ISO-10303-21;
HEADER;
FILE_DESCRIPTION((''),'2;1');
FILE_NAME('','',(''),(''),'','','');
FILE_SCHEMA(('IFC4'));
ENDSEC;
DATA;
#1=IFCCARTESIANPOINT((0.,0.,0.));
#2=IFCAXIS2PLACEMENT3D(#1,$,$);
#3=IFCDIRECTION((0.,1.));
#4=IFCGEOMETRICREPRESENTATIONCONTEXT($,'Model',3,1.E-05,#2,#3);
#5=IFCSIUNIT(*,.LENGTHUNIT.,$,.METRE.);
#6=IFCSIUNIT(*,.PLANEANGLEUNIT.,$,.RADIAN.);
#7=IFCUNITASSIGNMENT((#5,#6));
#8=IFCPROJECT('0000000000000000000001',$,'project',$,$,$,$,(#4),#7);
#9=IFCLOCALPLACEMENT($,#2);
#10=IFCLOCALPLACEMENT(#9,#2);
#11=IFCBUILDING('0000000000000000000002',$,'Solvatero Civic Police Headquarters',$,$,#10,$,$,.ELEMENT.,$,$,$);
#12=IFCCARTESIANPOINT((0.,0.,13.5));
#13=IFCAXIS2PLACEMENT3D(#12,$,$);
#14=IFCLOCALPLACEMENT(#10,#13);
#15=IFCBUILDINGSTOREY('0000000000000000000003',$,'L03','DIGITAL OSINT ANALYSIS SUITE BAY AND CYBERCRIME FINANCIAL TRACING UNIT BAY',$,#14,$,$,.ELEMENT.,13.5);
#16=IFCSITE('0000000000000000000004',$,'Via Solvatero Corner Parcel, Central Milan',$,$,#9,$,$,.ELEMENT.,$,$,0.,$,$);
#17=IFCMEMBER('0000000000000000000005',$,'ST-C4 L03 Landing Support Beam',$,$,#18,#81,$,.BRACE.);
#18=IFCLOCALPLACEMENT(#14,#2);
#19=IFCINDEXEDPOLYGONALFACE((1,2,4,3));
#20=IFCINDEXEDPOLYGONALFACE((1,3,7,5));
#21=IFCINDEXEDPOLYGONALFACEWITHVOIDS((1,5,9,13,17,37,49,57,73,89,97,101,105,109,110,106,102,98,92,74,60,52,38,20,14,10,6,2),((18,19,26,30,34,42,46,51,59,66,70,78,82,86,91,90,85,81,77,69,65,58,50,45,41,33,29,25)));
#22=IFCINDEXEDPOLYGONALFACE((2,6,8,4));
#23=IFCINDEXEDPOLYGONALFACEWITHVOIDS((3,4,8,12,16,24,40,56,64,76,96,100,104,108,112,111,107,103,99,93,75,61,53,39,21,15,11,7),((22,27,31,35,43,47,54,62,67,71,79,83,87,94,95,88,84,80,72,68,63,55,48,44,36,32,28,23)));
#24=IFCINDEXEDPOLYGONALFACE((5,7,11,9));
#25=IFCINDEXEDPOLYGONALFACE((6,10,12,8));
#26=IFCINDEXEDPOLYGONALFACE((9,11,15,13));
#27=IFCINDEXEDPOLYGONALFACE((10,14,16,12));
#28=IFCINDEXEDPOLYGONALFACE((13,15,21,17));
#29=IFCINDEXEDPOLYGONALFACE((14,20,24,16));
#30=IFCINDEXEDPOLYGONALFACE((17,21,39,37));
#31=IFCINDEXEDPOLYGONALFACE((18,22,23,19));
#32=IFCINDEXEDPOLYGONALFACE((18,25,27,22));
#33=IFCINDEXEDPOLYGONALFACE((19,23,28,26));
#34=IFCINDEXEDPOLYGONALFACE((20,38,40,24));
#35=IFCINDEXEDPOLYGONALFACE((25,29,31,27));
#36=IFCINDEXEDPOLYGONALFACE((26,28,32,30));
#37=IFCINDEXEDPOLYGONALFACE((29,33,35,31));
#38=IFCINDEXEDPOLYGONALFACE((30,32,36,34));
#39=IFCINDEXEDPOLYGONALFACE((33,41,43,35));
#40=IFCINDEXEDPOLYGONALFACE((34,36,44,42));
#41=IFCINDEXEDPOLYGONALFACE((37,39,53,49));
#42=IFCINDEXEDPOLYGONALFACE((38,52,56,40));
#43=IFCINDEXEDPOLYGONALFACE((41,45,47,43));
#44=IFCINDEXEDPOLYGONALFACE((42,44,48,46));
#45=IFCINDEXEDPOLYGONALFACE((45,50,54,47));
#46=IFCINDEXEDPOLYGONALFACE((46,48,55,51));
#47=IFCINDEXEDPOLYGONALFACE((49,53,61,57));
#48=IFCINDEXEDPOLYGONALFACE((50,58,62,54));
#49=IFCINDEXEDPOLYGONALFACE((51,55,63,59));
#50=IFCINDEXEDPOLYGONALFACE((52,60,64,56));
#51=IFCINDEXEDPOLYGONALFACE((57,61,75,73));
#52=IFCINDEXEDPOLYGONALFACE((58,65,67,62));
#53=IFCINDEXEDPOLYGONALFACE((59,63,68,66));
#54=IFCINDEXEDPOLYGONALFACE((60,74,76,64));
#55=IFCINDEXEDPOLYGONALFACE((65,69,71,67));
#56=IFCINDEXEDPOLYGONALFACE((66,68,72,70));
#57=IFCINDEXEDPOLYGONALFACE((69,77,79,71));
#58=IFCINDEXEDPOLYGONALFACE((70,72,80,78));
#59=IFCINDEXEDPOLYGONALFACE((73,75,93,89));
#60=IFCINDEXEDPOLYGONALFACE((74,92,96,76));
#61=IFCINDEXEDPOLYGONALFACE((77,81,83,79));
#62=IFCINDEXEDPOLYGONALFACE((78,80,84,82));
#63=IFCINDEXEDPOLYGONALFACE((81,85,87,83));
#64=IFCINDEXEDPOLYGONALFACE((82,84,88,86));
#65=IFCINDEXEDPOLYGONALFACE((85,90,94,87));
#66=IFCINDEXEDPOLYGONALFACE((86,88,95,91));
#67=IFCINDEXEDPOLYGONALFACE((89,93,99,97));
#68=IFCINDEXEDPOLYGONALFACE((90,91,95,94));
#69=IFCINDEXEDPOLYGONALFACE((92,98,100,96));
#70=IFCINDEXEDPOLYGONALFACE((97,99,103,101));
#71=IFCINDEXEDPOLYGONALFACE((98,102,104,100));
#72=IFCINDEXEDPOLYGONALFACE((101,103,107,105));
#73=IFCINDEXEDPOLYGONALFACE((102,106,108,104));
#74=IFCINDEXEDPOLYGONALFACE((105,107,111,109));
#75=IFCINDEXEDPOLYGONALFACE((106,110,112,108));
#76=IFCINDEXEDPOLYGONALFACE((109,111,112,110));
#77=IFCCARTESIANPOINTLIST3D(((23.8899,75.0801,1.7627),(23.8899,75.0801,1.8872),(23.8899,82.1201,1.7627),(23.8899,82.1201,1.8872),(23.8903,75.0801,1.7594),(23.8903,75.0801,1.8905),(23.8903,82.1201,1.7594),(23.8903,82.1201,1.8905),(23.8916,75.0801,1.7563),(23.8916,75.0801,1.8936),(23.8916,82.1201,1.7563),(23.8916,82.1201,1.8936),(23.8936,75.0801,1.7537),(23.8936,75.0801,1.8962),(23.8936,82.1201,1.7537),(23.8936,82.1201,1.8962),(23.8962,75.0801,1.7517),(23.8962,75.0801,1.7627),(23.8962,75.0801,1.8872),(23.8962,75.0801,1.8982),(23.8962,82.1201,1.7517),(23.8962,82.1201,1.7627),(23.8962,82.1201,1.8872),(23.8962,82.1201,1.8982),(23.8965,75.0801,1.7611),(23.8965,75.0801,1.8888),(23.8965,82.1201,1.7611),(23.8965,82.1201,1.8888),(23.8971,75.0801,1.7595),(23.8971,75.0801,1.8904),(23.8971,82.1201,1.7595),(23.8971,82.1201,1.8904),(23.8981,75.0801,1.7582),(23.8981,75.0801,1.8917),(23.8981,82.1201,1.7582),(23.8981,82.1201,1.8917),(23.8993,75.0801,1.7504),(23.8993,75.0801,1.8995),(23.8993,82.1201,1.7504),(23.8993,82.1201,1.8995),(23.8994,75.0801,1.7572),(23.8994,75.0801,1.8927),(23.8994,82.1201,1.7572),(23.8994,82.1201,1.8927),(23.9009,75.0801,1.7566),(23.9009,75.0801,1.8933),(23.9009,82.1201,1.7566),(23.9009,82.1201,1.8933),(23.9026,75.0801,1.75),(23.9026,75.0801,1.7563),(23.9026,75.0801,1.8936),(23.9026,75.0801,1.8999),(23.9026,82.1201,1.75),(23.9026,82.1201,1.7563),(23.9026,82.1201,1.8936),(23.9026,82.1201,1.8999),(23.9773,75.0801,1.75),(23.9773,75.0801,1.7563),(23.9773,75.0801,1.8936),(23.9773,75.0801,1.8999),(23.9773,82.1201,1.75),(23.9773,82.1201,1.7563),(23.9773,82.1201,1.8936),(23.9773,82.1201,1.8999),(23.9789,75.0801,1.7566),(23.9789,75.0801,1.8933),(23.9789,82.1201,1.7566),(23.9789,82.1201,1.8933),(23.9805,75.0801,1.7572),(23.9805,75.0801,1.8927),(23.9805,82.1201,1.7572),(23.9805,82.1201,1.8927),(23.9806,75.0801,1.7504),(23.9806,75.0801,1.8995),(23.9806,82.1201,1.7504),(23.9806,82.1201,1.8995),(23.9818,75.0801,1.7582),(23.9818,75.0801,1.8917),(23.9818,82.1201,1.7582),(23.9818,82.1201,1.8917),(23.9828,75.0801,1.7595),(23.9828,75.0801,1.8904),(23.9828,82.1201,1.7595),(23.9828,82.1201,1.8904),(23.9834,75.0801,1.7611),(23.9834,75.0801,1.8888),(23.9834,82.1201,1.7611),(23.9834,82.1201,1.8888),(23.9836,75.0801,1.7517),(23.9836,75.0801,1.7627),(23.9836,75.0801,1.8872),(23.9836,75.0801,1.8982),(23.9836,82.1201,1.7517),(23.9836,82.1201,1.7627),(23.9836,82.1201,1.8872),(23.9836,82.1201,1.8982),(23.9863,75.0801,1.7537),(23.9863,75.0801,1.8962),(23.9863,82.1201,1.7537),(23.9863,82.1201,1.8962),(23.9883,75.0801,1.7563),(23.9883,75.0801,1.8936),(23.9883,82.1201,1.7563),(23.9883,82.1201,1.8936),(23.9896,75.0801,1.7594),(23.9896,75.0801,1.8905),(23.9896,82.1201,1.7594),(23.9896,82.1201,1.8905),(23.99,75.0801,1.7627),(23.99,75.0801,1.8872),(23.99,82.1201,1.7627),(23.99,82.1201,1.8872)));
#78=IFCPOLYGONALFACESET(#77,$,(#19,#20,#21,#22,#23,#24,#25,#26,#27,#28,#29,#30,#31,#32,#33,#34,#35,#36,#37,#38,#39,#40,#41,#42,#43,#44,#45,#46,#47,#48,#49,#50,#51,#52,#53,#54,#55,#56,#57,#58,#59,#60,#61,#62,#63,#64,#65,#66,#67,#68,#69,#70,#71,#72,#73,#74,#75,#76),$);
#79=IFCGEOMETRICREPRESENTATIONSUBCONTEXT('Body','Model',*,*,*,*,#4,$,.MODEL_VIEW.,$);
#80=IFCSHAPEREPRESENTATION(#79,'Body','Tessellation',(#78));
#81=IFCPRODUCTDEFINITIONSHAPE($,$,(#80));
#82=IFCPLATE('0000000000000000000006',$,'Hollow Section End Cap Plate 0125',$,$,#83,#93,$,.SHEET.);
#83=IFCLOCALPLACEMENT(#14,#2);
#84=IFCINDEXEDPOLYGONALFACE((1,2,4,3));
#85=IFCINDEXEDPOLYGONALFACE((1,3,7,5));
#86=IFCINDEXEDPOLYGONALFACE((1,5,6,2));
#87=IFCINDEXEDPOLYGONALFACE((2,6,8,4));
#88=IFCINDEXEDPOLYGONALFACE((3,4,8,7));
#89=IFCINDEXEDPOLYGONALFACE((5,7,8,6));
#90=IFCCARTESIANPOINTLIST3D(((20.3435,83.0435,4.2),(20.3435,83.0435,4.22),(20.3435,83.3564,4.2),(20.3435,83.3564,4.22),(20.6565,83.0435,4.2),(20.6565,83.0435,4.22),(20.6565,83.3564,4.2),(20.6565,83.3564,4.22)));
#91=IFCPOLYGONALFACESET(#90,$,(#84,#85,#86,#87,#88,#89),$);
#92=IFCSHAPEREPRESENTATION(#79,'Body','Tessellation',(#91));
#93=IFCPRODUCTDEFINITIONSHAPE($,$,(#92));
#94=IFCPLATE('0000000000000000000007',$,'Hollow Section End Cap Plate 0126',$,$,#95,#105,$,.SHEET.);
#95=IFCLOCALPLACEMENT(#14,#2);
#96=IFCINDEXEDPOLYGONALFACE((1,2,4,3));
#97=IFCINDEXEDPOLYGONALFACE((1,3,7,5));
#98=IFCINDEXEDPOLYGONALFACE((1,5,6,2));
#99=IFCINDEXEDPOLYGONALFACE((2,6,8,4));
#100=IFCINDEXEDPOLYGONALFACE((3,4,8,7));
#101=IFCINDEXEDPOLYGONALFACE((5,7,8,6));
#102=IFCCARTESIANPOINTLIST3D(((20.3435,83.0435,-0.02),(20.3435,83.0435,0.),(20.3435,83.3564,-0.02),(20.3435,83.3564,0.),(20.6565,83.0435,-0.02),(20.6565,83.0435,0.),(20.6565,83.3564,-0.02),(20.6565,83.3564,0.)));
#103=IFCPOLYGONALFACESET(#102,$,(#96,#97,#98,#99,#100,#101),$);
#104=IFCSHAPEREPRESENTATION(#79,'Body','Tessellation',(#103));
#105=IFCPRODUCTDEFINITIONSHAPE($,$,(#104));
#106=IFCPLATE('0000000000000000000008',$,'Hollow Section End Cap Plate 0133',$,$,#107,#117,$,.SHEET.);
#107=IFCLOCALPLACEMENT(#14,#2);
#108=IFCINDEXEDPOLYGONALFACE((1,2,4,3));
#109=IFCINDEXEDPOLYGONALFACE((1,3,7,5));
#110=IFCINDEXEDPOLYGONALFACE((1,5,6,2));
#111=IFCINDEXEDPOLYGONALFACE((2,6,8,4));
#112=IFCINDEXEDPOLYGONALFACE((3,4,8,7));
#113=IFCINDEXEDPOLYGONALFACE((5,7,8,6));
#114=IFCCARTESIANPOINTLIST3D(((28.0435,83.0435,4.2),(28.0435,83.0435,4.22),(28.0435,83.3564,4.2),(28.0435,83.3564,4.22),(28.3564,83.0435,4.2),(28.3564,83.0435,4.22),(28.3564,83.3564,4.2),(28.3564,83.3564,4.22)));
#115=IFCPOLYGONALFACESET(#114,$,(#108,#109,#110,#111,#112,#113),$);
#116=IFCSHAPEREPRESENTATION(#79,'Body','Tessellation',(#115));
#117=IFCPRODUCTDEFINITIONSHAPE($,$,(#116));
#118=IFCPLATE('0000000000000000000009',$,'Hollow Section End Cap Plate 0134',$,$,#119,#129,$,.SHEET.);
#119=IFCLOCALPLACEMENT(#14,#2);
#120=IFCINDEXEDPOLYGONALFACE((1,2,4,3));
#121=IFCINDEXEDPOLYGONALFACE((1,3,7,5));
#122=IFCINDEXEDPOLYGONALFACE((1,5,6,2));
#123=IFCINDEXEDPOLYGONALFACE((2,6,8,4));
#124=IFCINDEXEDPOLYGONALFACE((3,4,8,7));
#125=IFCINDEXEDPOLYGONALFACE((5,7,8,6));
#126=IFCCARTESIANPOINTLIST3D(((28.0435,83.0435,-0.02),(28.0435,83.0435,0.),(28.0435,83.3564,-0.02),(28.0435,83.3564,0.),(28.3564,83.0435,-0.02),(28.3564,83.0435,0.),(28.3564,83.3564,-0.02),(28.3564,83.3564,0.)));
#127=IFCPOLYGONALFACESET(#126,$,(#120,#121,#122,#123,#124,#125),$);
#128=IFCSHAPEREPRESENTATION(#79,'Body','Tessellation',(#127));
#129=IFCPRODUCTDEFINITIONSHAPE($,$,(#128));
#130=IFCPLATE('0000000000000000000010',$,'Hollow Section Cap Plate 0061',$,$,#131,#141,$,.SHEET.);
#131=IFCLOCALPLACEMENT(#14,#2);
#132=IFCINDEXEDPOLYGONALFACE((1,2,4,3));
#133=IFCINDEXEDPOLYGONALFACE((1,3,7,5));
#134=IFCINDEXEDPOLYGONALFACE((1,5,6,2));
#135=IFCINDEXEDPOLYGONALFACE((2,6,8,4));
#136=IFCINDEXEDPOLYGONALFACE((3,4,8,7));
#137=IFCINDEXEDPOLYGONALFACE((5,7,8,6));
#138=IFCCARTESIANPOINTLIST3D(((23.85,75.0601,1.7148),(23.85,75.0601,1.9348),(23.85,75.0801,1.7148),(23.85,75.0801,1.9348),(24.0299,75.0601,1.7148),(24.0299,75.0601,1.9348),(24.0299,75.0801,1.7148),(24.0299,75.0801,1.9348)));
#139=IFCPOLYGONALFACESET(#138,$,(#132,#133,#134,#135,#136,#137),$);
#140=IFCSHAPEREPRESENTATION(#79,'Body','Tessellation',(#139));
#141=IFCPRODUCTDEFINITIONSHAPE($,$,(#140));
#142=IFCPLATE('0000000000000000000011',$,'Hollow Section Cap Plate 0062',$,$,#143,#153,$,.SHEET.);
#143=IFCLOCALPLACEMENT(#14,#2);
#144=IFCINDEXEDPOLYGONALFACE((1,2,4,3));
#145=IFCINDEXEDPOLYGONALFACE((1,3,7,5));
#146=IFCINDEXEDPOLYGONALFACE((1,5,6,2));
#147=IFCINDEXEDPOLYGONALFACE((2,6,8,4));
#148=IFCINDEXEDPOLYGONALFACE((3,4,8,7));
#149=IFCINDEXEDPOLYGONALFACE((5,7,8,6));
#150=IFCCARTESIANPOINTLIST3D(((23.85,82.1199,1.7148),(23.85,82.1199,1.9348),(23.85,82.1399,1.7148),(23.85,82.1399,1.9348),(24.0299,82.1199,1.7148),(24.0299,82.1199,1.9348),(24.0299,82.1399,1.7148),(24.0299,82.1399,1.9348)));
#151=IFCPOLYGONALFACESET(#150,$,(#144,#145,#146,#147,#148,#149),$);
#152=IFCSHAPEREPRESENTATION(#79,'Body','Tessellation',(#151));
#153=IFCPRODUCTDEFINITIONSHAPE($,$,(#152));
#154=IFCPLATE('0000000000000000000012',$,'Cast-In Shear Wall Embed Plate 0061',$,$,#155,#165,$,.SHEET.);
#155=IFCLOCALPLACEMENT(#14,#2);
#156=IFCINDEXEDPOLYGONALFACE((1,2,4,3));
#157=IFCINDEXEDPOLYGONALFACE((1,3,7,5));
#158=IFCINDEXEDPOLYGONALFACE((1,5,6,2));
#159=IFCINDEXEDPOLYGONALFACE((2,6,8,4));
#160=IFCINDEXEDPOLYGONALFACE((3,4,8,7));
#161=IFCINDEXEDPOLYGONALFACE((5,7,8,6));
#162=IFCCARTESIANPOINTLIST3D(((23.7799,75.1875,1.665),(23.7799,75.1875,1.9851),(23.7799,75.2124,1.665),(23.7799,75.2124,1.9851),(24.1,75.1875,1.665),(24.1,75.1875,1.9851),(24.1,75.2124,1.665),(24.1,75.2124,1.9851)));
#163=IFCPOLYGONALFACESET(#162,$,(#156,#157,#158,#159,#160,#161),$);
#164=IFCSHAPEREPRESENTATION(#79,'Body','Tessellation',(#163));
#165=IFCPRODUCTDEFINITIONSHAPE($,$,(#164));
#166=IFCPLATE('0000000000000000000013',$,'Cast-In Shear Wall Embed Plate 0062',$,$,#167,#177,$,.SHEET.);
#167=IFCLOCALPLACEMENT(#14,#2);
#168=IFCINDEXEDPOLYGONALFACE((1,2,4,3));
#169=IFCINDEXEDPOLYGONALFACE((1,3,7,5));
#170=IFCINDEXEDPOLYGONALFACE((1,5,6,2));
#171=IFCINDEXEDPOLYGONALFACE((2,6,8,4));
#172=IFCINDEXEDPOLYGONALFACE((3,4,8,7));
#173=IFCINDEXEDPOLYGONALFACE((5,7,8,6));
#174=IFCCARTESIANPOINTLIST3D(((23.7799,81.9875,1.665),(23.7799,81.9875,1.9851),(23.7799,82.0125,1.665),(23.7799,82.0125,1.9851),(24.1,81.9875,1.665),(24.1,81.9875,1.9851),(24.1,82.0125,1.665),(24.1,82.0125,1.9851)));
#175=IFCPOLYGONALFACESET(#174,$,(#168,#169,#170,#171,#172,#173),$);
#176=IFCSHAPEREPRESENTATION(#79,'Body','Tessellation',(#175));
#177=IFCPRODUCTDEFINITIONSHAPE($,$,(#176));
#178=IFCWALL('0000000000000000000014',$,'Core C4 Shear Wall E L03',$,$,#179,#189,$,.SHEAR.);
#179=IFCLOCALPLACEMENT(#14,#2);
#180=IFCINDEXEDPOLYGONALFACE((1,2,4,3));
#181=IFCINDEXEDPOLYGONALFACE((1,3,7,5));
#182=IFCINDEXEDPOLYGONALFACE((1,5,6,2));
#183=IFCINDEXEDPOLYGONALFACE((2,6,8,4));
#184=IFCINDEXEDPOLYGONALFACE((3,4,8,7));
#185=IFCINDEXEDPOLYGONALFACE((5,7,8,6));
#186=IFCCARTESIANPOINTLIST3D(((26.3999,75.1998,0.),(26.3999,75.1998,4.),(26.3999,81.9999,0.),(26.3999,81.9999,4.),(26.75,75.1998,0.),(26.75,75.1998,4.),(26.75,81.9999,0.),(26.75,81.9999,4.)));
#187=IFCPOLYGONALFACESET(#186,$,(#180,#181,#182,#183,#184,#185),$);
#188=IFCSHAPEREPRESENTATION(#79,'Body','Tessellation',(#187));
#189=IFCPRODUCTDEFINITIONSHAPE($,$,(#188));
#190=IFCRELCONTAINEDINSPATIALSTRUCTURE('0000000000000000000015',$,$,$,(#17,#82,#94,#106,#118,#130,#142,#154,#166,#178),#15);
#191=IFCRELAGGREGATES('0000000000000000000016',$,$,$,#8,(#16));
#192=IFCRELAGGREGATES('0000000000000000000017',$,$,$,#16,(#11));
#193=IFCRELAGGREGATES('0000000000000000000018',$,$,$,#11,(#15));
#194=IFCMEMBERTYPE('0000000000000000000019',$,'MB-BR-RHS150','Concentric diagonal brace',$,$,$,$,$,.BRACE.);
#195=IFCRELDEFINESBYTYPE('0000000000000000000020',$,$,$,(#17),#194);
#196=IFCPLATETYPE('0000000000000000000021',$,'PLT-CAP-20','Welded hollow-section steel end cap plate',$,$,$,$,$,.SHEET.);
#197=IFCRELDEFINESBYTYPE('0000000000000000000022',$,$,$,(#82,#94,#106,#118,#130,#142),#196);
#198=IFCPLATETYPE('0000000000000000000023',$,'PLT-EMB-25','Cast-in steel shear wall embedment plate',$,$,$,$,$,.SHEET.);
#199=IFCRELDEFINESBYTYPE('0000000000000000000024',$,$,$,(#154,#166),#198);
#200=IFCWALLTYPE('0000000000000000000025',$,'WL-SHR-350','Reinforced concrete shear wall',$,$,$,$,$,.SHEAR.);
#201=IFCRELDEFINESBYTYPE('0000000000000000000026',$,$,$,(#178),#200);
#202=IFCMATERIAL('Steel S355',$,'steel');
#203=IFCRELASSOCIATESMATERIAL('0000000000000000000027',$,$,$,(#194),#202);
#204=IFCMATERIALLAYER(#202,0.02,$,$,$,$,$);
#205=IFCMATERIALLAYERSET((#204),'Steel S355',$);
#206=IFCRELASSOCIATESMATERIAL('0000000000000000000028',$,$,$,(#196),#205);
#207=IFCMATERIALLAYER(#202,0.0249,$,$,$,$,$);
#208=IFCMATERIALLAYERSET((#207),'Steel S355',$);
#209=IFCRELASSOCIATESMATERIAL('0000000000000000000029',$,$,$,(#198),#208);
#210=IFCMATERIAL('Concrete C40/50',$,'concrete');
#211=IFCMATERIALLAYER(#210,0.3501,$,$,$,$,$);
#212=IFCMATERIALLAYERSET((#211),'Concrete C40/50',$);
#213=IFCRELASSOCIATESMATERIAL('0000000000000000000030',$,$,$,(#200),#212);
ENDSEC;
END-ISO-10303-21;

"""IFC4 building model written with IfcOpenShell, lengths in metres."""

from ifc_helpers import new_model, si_unit, direction, frame, frame_2d, origin, origin_2d, place, context, subcontext, project, spatial, rectangle, hollow_rectangle, extrude, material, layer, layer_set, material_profile, profile_set, type_object, element, save


model = new_model("IFC4")

# Units and contexts
model_context = context("Model", 3, precision=1e-05, world=origin(), true_north=direction((0.0, 1.0)))
body_context = subcontext(model_context, "Body", "Model", "MODEL_VIEW")
ifc_project = project(units=[si_unit("LENGTHUNIT", "METRE"), si_unit("PLANEANGLEUNIT", "RADIAN")], contexts=[model_context])

# Site, building, storey
site_placement = place(None, origin())
site = spatial("IfcSite", under=ifc_project, at=site_placement, Name="Via Solvatero Corner Parcel, Central Milan", CompositionType="ELEMENT", RefElevation=0.0)
building_placement = place(site_placement, origin())
building = spatial("IfcBuilding", under=site, at=building_placement, Name="Solvatero Civic Police Headquarters", CompositionType="ELEMENT")
storey_placement = place(building_placement, frame((0.0, 0.0, 13.5)))
storey = spatial("IfcBuildingStorey", under=building, at=storey_placement, Name="L03", Description="DIGITAL OSINT ANALYSIS SUITE BAY AND CYBERCRIME FINANCIAL TRACING UNIT BAY", CompositionType="ELEMENT", Elevation=13.5)

# Shared definitions
ifc_material_1 = material(Name="Steel S355", Category="steel")

# Member
ifc_material_profile_1 = material_profile(ifc_material_1, hollow_rectangle(XDim=0.1001, YDim=0.1499, WallThickness=0.0063, InnerFilletRadius=0.0063, OuterFilletRadius=0.0127, at=origin_2d()), Name="RHS 150x100x6.3")
ifc_profile_set_1 = profile_set([ifc_material_profile_1], Name="Steel S355")
member_type = type_object("IfcMemberType", Name="MB-BR-RHS150", Description="Concentric diagonal brace", PredefinedType="BRACE", material=ifc_profile_set_1)
member_placement = place(storey_placement, frame((23.9399, 75.0801, 1.825), z_axis=(0.0, 1.0, 0.0), x_axis=(-1.0, 0.0, 0.0)))
element("IfcMember", 1, at=member_placement, inside=storey, type_object=member_type, Name="ST-C4 L03 Landing Support Beam", PredefinedType="BRACE", context=body_context, shape_type="SweptSolid", body=[
    extrude(hollow_rectangle(XDim=0.1001, YDim=0.1499, WallThickness=0.0063, InnerFilletRadius=0.0063, OuterFilletRadius=0.0127, at=origin_2d()), origin(), (0.0, 0.0, 1.0), 7.04),
])

# Plates
ifc_layer_1 = layer(ifc_material_1, 0.02)
ifc_layer_set_1 = layer_set([ifc_layer_1], Name="Steel S355")
plate_type_1 = type_object("IfcPlateType", Name="PLT-CAP-20", Description="Welded hollow-section steel end cap plate", PredefinedType="SHEET", material=ifc_layer_set_1)
for number, where, z_axis, x_axis, name in (
    (2, (20.5, 83.2, 4.2), (0.0, 0.0, 1.0), (1.0, 0.0, 0.0), "Hollow Section End Cap Plate 0125"),
    (3, (20.5, 83.2, -0.02), (0.0, 0.0, 1.0), (1.0, 0.0, 0.0), "Hollow Section End Cap Plate 0126"),
    (4, (28.2, 83.2, 4.2), (0.0, 0.0, 1.0), (1.0, 0.0, 0.0), "Hollow Section End Cap Plate 0133"),
    (5, (28.2, 83.2, -0.02), (0.0, 0.0, 1.0), (1.0, 0.0, 0.0), "Hollow Section End Cap Plate 0134"),
):
    element("IfcPlate", number, at=place(storey_placement, frame(where, z_axis=z_axis, x_axis=x_axis)), inside=storey, type_object=plate_type_1, Name=name, PredefinedType="SHEET", context=body_context, shape_type="SweptSolid", body=[
        extrude(rectangle(XDim=0.313, YDim=0.313, at=origin_2d()), origin(), (0.0, 0.0, 1.0), 0.02),
    ])
for number, where, z_axis, x_axis, name in (
    (6, (23.9399, 75.0701, 1.7148), (0.0, 0.0, 1.0), (1.0, 0.0, 0.0), "Hollow Section Cap Plate 0061"),
    (7, (23.9399, 82.1299, 1.7148), (0.0, 0.0, 1.0), (1.0, 0.0, 0.0), "Hollow Section Cap Plate 0062"),
):
    element("IfcPlate", number, at=place(storey_placement, frame(where, z_axis=z_axis, x_axis=x_axis)), inside=storey, type_object=plate_type_1, Name=name, PredefinedType="SHEET", context=body_context, shape_type="SweptSolid", body=[
        extrude(rectangle(XDim=0.1799, YDim=0.02, at=origin_2d()), origin(), (0.0, 0.0, 1.0), 0.22),
    ])
ifc_layer_2 = layer(ifc_material_1, 0.0249)
ifc_layer_set_2 = layer_set([ifc_layer_2], Name="Steel S355")
plate_type_2 = type_object("IfcPlateType", Name="PLT-EMB-25", Description="Cast-in steel shear wall embedment plate", PredefinedType="SHEET", material=ifc_layer_set_2)
for number, where, z_axis, x_axis, name in (
    (8, (23.9399, 75.2, 1.665), (0.0, 0.0, 1.0), (1.0, 0.0, 0.0), "Cast-In Shear Wall Embed Plate 0061"),
    (9, (23.9399, 82.0, 1.665), (0.0, 0.0, 1.0), (1.0, 0.0, 0.0), "Cast-In Shear Wall Embed Plate 0062"),
):
    element("IfcPlate", number, at=place(storey_placement, frame(where, z_axis=z_axis, x_axis=x_axis)), inside=storey, type_object=plate_type_2, Name=name, PredefinedType="SHEET", context=body_context, shape_type="SweptSolid", body=[
        extrude(rectangle(XDim=0.3201, YDim=0.0249, at=origin_2d()), origin(), (0.0, 0.0, 1.0), 0.3201),
    ])

# Wall
ifc_material_2 = material(Name="Concrete C40/50", Category="concrete")
ifc_layer_3 = layer(ifc_material_2, 0.3501)
ifc_layer_set_3 = layer_set([ifc_layer_3], Name="Concrete C40/50")
wall_type = type_object("IfcWallType", Name="WL-SHR-350", Description="Reinforced concrete shear wall", PredefinedType="SHEAR", material=ifc_layer_set_3)
wall_placement = place(storey_placement, frame((26.575, 75.2, 0.0), z_axis=(0.0, 0.0, 1.0), x_axis=(0.0, 1.0, 0.0)))
element("IfcWall", 10, at=wall_placement, inside=storey, type_object=wall_type, Name="Core C4 Shear Wall E L03", PredefinedType="SHEAR", context=body_context, shape_type="SweptSolid", body=[
    extrude(rectangle(XDim=6.8, YDim=0.3501, at=frame_2d((3.3999, 0.0))), origin(), (0.0, 0.0, 1.0), 4.0),
])

save(model, "model.ifc")
